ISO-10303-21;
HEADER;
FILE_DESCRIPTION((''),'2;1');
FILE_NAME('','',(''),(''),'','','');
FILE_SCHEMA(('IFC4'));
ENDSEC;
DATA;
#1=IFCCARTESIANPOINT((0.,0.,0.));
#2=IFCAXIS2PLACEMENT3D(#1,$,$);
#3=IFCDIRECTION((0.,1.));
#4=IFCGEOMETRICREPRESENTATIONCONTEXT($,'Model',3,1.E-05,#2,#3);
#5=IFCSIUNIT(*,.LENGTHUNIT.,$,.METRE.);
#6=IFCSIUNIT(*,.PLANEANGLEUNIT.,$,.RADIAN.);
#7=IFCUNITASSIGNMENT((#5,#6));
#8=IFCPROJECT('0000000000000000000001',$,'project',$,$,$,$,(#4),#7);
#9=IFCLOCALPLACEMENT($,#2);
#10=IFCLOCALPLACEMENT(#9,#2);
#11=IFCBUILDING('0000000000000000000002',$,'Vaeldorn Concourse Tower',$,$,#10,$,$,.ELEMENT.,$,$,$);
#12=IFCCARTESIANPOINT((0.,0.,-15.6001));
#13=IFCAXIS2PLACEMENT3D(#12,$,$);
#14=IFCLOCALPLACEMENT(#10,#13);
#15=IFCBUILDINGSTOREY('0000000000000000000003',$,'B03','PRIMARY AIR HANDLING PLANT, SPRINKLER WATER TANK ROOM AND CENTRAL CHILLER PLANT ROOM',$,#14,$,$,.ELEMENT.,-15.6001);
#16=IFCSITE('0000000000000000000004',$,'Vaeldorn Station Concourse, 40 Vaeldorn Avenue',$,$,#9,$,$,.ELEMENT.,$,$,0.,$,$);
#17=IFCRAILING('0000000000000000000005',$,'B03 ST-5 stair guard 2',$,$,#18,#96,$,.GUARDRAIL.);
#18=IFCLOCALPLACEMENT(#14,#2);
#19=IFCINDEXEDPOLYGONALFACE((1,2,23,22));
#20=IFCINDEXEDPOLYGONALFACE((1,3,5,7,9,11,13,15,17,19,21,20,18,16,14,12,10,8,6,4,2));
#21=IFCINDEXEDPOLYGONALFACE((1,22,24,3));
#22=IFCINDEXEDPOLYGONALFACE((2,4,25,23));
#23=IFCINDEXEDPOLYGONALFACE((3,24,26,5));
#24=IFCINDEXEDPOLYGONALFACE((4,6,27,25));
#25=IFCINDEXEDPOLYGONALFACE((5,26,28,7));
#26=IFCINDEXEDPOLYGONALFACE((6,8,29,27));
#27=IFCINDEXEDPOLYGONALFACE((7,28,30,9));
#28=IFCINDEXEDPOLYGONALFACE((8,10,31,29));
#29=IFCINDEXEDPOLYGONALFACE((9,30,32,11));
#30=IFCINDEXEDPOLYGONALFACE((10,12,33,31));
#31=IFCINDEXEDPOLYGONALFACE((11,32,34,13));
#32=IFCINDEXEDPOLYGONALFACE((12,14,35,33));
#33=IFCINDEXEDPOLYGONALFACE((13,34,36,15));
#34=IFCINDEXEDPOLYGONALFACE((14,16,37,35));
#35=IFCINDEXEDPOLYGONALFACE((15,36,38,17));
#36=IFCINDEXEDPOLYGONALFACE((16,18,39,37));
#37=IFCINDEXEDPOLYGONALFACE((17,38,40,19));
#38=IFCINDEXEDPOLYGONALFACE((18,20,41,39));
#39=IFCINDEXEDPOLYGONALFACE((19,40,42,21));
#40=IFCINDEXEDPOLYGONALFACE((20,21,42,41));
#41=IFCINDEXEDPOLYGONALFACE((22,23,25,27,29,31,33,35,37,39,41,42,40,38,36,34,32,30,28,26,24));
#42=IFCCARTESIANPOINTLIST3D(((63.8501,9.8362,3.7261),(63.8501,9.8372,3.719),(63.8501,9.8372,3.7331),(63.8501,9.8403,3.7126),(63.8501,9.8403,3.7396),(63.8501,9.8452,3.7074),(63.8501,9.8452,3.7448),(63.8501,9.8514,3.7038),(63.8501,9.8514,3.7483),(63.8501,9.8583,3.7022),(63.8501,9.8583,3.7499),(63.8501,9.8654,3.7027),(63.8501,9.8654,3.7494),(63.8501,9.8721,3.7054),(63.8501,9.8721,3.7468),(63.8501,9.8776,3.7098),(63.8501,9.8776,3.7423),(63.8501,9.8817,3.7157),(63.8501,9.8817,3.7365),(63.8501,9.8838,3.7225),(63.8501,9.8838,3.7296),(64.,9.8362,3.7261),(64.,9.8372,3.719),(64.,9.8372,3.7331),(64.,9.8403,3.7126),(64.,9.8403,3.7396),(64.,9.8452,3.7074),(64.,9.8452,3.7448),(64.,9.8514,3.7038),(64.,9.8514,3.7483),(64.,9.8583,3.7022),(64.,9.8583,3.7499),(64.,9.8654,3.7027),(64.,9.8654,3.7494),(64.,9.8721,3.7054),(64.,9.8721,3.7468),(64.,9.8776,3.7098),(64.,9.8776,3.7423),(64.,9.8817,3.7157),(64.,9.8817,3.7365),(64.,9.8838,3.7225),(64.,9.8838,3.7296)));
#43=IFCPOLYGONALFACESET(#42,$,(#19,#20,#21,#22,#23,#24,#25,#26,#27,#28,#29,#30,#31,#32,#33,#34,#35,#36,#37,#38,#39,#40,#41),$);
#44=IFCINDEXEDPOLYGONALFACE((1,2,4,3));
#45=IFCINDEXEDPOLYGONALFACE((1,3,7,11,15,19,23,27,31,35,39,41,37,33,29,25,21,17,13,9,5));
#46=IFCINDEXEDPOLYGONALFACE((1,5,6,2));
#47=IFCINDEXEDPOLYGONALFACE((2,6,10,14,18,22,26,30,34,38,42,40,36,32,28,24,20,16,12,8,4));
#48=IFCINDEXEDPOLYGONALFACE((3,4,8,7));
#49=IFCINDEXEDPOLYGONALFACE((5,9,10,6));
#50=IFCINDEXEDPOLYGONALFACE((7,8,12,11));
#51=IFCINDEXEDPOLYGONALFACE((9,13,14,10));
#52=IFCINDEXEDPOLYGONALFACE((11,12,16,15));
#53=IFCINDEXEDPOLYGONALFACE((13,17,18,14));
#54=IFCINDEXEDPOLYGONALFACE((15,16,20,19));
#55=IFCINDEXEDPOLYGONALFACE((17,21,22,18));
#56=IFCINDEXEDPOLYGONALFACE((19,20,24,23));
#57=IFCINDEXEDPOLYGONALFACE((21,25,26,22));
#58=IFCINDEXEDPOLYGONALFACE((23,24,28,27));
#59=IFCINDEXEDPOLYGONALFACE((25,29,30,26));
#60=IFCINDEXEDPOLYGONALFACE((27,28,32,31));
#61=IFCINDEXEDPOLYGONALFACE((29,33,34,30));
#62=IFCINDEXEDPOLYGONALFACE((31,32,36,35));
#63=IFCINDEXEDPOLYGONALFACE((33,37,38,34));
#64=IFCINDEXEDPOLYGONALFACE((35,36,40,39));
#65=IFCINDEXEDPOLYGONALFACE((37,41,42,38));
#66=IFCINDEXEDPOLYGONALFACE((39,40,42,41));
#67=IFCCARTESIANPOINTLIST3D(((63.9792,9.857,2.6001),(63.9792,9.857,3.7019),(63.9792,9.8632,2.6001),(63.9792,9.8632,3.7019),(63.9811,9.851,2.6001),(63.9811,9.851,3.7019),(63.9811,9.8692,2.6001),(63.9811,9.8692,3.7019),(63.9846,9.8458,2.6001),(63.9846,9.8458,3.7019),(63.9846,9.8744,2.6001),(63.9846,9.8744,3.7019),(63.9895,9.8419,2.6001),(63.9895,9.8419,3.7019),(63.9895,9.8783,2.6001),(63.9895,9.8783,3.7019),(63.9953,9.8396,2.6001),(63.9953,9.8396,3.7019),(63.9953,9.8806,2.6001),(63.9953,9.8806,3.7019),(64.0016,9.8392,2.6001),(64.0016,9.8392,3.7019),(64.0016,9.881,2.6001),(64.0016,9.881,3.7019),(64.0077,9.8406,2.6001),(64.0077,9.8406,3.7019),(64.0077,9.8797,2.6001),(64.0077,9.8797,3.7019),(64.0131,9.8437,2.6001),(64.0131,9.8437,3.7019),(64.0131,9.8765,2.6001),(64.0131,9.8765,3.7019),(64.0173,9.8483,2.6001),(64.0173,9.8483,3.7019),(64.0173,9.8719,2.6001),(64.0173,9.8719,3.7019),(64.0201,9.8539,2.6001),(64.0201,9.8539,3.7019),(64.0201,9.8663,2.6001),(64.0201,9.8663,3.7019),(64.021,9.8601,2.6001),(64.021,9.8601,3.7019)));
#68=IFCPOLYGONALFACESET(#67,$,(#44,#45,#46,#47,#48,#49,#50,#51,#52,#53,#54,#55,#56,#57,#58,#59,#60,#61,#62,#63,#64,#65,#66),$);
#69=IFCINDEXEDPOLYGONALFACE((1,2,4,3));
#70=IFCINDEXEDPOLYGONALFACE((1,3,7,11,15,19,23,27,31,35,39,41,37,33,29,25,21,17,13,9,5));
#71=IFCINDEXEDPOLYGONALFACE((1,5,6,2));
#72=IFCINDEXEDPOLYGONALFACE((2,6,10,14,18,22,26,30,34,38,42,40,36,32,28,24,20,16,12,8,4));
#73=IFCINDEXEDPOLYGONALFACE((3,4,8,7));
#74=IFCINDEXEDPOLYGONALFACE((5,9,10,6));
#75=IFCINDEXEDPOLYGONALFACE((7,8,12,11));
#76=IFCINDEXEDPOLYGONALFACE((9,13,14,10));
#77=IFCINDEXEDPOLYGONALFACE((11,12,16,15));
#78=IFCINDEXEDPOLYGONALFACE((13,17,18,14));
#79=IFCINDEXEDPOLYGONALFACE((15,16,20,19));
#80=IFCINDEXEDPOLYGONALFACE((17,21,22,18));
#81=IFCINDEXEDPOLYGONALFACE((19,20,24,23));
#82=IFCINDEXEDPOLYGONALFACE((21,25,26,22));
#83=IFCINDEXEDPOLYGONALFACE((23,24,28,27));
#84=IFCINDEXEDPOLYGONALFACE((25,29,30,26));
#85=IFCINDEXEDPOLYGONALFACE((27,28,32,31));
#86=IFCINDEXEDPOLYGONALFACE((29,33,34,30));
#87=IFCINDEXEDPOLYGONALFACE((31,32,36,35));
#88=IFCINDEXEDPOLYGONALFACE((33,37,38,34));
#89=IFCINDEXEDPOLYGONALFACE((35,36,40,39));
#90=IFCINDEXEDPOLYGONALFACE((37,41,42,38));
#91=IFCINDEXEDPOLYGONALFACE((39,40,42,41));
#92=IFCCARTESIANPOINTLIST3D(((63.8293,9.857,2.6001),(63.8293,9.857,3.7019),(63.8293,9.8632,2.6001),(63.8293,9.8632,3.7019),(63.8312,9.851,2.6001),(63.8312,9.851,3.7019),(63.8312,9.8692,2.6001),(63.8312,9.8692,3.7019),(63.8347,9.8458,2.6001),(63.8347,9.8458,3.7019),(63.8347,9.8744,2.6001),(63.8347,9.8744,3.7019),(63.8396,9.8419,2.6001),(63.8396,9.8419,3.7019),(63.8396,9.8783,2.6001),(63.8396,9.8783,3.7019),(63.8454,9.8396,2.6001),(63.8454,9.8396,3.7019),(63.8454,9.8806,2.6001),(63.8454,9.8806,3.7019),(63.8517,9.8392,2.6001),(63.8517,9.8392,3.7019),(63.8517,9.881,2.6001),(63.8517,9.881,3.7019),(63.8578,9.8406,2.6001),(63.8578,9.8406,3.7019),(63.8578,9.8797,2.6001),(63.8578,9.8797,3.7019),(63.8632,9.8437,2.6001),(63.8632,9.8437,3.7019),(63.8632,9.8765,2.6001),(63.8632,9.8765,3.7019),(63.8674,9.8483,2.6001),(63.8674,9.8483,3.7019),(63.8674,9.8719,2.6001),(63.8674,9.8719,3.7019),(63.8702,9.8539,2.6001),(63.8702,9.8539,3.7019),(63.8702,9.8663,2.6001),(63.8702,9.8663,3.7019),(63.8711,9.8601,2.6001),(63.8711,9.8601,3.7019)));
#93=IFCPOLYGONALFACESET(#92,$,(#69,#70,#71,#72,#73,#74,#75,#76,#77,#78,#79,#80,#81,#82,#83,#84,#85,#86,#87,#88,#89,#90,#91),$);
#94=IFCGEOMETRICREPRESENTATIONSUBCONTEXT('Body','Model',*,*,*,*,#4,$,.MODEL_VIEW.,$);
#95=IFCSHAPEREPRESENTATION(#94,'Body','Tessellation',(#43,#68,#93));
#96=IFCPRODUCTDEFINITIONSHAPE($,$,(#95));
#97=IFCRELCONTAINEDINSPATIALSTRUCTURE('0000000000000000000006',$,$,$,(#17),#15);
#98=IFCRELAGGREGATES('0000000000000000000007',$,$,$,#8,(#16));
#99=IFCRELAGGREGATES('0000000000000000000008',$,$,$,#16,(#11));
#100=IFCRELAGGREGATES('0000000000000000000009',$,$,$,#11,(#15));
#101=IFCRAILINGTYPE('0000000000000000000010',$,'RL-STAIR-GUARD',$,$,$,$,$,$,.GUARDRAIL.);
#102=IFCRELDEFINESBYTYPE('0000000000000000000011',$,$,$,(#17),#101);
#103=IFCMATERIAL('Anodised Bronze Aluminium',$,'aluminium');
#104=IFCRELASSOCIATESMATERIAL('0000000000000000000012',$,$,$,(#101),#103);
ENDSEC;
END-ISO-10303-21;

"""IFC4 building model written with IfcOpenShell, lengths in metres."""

from ifc_helpers import new_model, si_unit, direction, frame, origin, origin_2d, place, context, subcontext, project, spatial, circle, extrude, material, type_object, element, save


model = new_model("IFC4")

# Units and contexts
model_context = context("Model", 3, precision=1e-05, world=origin(), true_north=direction((0.0, 1.0)))
body_context = subcontext(model_context, "Body", "Model", "MODEL_VIEW")
ifc_project = project(units=[si_unit("LENGTHUNIT", "METRE"), si_unit("PLANEANGLEUNIT", "RADIAN")], contexts=[model_context])

# Site, building, storey
site_placement = place(None, origin())
site = spatial("IfcSite", under=ifc_project, at=site_placement, Name="Vaeldorn Station Concourse, 40 Vaeldorn Avenue", CompositionType="ELEMENT", RefElevation=0.0)
building_placement = place(site_placement, origin())
building = spatial("IfcBuilding", under=site, at=building_placement, Name="Vaeldorn Concourse Tower", CompositionType="ELEMENT")
storey_placement = place(building_placement, frame((0.0, 0.0, -15.6001)))
storey = spatial("IfcBuildingStorey", under=building, at=storey_placement, Name="B03", Description="PRIMARY AIR HANDLING PLANT, SPRINKLER WATER TANK ROOM AND CENTRAL CHILLER PLANT ROOM", CompositionType="ELEMENT", Elevation=-15.6001)

# Railing
ifc_material_1 = material(Name="Anodised Bronze Aluminium", Category="aluminium")
railing_type_1 = type_object("IfcRailingType", Name="RL-STAIR-GUARD", PredefinedType="GUARDRAIL", material=ifc_material_1)
railing_1_placement = place(storey_placement, frame((64.0, 9.8601, 2.6001)))
element("IfcRailing", 1, at=railing_1_placement, inside=storey, type_object=railing_type_1, Name="B03 ST-5 stair guard 2", PredefinedType="GUARDRAIL", context=body_context, shape_type="SweptSolid", body=[
    extrude(circle(Radius=0.0239, at=origin_2d()), frame((0.0, 0.0, 1.126), z_axis=(-1.0, 0.0, 0.0), x_axis=(0.0, -1.0, 0.0)), (0.0, 0.0, 1.0), 0.1499),
    extrude(circle(Radius=0.021, at=origin_2d()), origin(), (0.0, 0.0, 1.0), 1.1018),
    extrude(circle(Radius=0.021, at=origin_2d()), frame((-0.1499, 0.0, 0.0)), (0.0, 0.0, 1.0), 1.1018),
])

save(model, "model.ifc")
